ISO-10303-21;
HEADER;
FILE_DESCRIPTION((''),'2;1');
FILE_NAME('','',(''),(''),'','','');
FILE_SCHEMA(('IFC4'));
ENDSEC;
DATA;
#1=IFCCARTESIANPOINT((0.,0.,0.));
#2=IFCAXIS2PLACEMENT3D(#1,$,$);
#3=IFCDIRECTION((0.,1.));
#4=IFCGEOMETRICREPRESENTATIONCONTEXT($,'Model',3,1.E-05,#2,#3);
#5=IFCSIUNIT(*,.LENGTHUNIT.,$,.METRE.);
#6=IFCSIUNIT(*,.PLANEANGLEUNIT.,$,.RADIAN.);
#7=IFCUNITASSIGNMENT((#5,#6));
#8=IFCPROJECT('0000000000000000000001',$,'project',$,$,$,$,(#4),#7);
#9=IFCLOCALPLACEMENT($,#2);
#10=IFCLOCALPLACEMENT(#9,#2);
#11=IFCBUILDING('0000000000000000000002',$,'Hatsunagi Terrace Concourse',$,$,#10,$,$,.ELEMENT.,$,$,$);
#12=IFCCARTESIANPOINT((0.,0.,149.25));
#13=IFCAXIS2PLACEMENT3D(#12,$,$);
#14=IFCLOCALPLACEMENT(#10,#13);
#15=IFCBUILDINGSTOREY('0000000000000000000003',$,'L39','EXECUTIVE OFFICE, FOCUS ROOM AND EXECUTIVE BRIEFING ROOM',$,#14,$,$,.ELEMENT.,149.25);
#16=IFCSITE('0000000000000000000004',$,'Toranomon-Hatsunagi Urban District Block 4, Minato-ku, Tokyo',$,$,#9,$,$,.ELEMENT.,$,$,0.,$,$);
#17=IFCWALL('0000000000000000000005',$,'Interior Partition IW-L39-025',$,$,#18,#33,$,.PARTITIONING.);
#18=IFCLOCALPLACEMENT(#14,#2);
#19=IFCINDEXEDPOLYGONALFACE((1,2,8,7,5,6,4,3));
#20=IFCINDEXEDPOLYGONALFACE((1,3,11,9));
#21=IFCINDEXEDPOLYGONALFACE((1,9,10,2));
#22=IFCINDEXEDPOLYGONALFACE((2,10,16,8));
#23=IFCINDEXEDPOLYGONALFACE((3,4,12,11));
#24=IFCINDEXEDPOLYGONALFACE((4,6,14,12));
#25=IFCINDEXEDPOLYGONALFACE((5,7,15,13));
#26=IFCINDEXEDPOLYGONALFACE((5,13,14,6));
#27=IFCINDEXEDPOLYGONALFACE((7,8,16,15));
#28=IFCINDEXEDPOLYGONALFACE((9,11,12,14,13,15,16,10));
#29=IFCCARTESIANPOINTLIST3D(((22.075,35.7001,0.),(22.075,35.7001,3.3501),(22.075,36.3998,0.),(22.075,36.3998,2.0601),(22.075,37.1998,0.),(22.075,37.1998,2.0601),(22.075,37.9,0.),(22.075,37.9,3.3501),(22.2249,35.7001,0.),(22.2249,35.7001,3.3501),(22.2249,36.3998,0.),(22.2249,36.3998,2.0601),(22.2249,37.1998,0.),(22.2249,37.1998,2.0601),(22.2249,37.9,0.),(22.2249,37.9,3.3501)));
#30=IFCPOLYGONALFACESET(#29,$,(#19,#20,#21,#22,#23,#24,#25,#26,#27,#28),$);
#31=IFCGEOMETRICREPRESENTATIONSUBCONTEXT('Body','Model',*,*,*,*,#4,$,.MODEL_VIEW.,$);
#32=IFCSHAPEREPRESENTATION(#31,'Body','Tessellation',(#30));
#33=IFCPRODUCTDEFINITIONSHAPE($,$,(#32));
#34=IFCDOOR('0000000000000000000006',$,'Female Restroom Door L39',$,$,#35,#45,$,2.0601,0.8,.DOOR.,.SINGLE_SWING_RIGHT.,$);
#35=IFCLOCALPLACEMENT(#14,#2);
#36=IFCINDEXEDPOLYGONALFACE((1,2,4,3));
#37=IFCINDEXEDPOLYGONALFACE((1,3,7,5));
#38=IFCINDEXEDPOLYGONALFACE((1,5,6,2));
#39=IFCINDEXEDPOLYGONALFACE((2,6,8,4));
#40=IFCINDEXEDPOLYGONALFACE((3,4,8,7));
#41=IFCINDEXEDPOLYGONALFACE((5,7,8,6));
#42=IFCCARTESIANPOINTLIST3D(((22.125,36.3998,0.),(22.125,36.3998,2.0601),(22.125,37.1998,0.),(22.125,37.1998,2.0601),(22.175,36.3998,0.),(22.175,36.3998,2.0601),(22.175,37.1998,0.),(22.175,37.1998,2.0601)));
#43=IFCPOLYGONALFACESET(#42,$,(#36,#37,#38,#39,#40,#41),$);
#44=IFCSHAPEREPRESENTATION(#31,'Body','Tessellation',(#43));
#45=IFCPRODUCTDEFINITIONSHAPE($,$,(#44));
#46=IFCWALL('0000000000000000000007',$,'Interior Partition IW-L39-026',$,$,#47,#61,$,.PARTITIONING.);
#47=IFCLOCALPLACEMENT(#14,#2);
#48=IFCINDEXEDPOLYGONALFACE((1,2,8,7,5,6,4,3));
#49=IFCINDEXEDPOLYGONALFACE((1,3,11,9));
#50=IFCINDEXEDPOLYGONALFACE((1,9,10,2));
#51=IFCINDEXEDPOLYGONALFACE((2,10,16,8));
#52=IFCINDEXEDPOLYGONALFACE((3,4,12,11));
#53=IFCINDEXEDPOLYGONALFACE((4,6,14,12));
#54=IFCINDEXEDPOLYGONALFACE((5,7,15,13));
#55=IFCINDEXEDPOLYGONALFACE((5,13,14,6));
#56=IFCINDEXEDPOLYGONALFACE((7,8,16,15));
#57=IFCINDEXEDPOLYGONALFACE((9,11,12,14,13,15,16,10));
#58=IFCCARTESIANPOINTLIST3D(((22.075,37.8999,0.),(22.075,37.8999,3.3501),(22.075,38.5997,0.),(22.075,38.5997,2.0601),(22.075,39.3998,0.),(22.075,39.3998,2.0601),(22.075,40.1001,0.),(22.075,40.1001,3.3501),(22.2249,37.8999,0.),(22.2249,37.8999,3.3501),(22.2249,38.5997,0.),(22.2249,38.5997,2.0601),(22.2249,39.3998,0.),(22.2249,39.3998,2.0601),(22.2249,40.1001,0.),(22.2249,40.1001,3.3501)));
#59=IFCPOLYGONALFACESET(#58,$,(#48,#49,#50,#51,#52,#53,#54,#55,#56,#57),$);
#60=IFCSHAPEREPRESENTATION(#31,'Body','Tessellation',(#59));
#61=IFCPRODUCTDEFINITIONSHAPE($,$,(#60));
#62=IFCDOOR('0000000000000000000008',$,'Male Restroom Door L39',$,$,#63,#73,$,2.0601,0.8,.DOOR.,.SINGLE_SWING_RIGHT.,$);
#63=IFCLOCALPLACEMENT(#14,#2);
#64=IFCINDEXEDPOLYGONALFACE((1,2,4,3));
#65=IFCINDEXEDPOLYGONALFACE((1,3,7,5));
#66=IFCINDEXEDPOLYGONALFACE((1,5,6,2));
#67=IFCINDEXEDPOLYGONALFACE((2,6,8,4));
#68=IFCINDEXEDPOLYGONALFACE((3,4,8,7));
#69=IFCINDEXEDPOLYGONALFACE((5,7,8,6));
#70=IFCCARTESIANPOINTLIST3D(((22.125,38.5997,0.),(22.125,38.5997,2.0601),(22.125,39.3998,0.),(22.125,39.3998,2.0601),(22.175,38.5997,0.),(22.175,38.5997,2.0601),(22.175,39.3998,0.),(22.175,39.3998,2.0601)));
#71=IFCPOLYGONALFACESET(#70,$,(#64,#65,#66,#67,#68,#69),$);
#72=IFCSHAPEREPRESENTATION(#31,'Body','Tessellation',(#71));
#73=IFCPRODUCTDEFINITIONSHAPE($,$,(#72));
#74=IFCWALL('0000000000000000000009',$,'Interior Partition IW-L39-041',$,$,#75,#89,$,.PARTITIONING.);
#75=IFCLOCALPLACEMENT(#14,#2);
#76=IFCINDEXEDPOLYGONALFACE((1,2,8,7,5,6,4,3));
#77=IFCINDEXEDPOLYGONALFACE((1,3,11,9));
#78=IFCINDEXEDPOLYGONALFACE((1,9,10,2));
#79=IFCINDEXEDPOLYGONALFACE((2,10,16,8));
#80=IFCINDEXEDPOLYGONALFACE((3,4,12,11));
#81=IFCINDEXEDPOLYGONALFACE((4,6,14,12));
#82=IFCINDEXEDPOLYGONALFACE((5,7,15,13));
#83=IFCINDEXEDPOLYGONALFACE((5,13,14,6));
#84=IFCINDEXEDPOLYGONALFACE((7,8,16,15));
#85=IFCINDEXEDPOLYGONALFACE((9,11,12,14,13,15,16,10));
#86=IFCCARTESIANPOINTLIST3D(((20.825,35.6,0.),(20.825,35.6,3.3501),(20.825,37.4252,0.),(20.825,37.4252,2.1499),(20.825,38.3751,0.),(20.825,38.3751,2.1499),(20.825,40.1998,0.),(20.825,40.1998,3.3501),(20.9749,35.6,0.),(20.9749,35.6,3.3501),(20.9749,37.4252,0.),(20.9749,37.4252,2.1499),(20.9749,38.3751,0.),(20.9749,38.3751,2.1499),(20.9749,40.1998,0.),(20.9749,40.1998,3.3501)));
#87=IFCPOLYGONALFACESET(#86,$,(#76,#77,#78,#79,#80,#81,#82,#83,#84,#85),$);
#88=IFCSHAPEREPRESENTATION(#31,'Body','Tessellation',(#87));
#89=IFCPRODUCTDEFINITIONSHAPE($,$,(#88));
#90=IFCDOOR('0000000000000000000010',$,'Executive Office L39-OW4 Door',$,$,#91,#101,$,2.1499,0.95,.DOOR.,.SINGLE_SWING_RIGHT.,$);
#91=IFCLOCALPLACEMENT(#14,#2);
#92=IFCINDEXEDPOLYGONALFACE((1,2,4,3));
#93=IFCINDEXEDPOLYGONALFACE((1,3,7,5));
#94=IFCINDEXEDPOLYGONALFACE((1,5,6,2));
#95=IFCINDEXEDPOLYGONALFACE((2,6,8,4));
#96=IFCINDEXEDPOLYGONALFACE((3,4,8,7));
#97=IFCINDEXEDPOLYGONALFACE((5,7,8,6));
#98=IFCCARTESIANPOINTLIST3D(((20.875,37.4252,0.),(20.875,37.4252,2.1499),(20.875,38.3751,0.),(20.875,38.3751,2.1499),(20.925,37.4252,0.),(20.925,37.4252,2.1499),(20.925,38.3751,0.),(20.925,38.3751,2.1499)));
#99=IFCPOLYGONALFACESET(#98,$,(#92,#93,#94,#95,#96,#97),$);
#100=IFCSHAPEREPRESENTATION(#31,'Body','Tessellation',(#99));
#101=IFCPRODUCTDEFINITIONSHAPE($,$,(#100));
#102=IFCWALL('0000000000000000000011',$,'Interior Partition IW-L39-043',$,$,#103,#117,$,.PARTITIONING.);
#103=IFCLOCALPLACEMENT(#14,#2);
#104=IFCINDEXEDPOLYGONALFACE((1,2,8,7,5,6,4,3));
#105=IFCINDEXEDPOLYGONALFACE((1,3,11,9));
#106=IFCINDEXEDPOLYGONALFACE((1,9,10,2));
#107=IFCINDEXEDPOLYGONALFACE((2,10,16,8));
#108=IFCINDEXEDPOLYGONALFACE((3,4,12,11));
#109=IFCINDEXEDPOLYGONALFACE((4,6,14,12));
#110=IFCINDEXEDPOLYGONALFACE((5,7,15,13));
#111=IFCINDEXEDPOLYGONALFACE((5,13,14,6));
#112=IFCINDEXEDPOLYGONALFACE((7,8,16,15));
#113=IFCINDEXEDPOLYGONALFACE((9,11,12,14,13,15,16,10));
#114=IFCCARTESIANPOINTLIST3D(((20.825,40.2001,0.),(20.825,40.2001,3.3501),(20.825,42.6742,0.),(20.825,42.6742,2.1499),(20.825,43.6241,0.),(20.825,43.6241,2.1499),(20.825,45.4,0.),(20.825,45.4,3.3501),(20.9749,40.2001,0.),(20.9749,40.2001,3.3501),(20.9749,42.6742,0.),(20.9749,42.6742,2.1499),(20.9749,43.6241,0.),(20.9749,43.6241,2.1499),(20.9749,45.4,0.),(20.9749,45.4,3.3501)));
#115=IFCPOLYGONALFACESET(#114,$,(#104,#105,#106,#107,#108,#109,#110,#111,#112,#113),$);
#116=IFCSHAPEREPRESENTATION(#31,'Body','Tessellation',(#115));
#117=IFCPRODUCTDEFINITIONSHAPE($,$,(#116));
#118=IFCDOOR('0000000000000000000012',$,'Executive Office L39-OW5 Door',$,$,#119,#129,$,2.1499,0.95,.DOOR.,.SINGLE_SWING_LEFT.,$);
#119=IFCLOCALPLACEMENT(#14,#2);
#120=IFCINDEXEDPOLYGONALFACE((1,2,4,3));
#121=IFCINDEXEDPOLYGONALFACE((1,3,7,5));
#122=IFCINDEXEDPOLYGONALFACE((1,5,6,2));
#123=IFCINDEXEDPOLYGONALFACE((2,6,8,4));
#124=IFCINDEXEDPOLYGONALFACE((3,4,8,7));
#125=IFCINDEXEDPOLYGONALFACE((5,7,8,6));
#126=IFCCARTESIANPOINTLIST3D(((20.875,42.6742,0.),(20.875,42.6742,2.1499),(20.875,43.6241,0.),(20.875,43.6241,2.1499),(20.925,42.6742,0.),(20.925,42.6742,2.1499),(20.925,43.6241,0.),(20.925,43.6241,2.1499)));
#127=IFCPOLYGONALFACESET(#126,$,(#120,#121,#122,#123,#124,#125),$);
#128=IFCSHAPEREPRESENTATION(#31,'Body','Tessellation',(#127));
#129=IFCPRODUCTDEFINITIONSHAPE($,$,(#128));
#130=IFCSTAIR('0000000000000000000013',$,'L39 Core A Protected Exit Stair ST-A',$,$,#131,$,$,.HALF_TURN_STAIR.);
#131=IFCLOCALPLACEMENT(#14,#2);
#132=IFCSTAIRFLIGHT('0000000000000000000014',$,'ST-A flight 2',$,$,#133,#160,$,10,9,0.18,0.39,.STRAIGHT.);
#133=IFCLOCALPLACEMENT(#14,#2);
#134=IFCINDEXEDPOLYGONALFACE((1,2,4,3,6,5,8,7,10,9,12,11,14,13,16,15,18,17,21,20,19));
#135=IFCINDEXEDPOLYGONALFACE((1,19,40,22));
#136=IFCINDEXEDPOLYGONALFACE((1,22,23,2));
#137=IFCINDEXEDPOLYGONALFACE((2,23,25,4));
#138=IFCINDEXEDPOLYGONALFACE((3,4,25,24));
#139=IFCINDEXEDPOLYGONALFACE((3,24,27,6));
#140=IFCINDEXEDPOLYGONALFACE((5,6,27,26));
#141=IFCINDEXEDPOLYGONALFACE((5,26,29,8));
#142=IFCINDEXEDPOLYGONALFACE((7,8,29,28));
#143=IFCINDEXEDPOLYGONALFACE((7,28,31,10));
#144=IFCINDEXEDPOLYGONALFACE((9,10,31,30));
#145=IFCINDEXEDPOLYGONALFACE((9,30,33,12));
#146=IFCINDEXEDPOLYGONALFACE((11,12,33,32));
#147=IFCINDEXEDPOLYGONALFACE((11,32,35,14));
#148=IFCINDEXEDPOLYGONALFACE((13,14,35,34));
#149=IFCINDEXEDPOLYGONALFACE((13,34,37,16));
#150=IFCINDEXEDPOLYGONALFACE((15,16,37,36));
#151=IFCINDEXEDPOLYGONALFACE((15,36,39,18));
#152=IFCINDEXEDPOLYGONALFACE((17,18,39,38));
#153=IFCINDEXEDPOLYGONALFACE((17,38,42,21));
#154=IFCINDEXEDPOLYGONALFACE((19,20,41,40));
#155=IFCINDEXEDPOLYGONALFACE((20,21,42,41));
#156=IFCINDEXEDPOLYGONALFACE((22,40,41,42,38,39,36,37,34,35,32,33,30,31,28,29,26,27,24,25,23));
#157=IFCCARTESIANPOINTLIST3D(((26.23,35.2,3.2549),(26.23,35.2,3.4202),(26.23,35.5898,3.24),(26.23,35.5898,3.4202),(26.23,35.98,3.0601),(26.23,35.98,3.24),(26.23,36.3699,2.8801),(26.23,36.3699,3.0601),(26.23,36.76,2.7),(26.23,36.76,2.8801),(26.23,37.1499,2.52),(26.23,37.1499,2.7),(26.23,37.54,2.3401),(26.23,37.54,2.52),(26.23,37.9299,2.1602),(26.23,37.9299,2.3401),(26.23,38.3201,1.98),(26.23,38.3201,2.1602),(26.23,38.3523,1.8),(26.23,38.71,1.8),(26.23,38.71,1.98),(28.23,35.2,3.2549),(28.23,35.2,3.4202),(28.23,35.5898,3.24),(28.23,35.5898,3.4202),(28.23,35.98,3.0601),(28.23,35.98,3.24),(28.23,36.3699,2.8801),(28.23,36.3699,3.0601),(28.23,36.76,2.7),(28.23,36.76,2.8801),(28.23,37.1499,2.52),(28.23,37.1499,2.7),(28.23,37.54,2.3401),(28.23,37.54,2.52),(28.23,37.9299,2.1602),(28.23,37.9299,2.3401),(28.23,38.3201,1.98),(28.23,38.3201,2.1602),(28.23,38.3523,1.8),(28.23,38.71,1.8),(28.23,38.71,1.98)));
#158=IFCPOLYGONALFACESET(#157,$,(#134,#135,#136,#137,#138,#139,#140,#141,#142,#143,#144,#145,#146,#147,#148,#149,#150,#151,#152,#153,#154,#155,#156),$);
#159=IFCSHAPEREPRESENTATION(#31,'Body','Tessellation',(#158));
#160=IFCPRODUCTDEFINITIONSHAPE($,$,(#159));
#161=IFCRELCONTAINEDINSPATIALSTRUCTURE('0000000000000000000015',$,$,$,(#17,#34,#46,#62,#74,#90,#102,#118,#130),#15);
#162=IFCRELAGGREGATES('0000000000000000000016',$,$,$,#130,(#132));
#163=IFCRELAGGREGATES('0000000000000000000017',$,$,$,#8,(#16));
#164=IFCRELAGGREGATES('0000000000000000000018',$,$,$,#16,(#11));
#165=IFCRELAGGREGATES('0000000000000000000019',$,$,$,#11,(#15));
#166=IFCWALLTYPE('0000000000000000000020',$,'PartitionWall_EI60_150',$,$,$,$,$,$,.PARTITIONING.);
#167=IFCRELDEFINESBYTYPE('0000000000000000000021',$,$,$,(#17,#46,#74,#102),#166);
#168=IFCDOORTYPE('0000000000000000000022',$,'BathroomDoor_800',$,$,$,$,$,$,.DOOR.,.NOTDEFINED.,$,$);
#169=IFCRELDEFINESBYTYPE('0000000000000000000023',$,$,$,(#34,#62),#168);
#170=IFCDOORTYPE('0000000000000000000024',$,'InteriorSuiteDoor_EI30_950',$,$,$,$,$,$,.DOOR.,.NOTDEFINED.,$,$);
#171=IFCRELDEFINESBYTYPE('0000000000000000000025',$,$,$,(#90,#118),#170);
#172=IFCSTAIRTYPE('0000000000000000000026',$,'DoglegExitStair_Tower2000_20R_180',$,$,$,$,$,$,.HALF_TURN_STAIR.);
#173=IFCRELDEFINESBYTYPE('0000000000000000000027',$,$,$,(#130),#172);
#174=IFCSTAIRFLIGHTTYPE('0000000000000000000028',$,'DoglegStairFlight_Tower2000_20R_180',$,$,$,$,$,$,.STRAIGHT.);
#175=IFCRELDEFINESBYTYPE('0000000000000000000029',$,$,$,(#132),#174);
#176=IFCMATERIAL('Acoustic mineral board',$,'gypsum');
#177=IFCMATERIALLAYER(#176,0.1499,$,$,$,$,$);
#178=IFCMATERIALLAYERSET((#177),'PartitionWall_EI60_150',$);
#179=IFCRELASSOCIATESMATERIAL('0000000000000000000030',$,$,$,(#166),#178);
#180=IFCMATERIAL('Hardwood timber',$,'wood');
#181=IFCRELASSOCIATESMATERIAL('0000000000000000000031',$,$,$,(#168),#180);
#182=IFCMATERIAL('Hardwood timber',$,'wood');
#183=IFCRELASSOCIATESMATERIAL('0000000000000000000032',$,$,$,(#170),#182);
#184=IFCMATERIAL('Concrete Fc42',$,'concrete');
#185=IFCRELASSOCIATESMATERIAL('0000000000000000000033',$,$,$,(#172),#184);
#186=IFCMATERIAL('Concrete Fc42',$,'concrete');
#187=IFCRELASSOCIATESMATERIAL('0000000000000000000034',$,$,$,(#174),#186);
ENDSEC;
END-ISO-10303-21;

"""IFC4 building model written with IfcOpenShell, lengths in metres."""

from ifc_helpers import new_model, si_unit, direction, frame, frame_2d, origin, place, context, subcontext, project, spatial, polyline, rectangle, outline, extrude, material, layer, layer_set, type_object, element, fill, aggregate, save


model = new_model("IFC4")

# Units and contexts
model_context = context("Model", 3, precision=1e-05, world=origin(), true_north=direction((0.0, 1.0)))
body_context = subcontext(model_context, "Body", "Model", "MODEL_VIEW")
ifc_project = project(units=[si_unit("LENGTHUNIT", "METRE"), si_unit("PLANEANGLEUNIT", "RADIAN")], contexts=[model_context])

# Site, building, storey
site_placement = place(None, origin())
site = spatial("IfcSite", under=ifc_project, at=site_placement, Name="Toranomon-Hatsunagi Urban District Block 4, Minato-ku, Tokyo", CompositionType="ELEMENT", RefElevation=0.0)
building_placement = place(site_placement, origin())
building = spatial("IfcBuilding", under=site, at=building_placement, Name="Hatsunagi Terrace Concourse", CompositionType="ELEMENT")
storey_placement = place(building_placement, frame((0.0, 0.0, 149.25)))
storey = spatial("IfcBuildingStorey", under=building, at=storey_placement, Name="L39", Description="EXECUTIVE OFFICE, FOCUS ROOM AND EXECUTIVE BRIEFING ROOM", CompositionType="ELEMENT", Elevation=149.25)

# Shared definitions
ifc_material_1 = material(Name="Acoustic mineral board", Category="gypsum")
ifc_layer_1 = layer(ifc_material_1, 0.1499)
ifc_layer_set_1 = layer_set([ifc_layer_1], Name="PartitionWall_EI60_150")
wall_type = type_object("IfcWallType", Name="PartitionWall_EI60_150", PredefinedType="PARTITIONING", material=ifc_layer_set_1)

# Walls, openings, doors
ifc_material_2 = material(Name="Hardwood timber", Category="wood")
door_type_1 = type_object("IfcDoorType", Name="BathroomDoor_800", OperationType="NOTDEFINED", PredefinedType="DOOR", material=ifc_material_2)
wall_1_placement = place(storey_placement, frame((22.1499, 35.7, 0.0), z_axis=(0.0, 0.0, 1.0), x_axis=(0.0, 1.0, 0.0)))
wall_1 = element("IfcWall", 1, at=wall_1_placement, inside=storey, type_object=wall_type, Name="Interior Partition IW-L39-025", PredefinedType="PARTITIONING", context=body_context, shape_type="SweptSolid", body=[
    extrude(rectangle(XDim=2.2, YDim=0.1499, at=frame_2d((1.1001, 0.0))), origin(), (0.0, 0.0, 1.0), 3.3501),
])
opening_1_placement = place(wall_1_placement, frame((0.7, 0.0, 0.0)))
opening_1 = element("IfcOpeningElement", 2, at=opening_1_placement, cuts=wall_1, PredefinedType="OPENING", context=body_context, shape_type="SweptSolid", body=[
    extrude(rectangle(XDim=0.8, YDim=2.0601, at=frame_2d((0.3999, 1.03))), frame((0.0, 0.085, 0.0), z_axis=(0.0, -1.0, 0.0), x_axis=(1.0, 0.0, 0.0)), (0.0, 0.0, 1.0), 0.1699),
])
door_1_placement = place(opening_1_placement, origin())
door_1 = element("IfcDoor", 3, at=door_1_placement, inside=storey, type_object=door_type_1, Name="Female Restroom Door L39", OperationType="SINGLE_SWING_RIGHT", OverallHeight=2.0601, OverallWidth=0.8, PredefinedType="DOOR", context=body_context, shape_type="SweptSolid", body=[
    extrude(rectangle(XDim=0.8, YDim=2.0601, at=frame_2d((0.3999, 1.03))), frame((0.0, 0.0249, 0.0), z_axis=(0.0, -1.0, 0.0), x_axis=(1.0, 0.0, 0.0)), (0.0, 0.0, 1.0), 0.05),
])
fill(opening_1, door_1)
wall_2_placement = place(storey_placement, frame((22.1499, 37.8999, 0.0), z_axis=(0.0, 0.0, 1.0), x_axis=(0.0, 1.0, 0.0)))
wall_2 = element("IfcWall", 4, at=wall_2_placement, inside=storey, type_object=wall_type, Name="Interior Partition IW-L39-026", PredefinedType="PARTITIONING", context=body_context, shape_type="SweptSolid", body=[
    extrude(rectangle(XDim=2.2002, YDim=0.1499, at=frame_2d((1.1001, 0.0))), origin(), (0.0, 0.0, 1.0), 3.3501),
])
opening_2_placement = place(wall_2_placement, frame((0.7, 0.0, 0.0)))
opening_2 = element("IfcOpeningElement", 5, at=opening_2_placement, cuts=wall_2, PredefinedType="OPENING", context=body_context, shape_type="SweptSolid", body=[
    extrude(rectangle(XDim=0.8, YDim=2.0601, at=frame_2d((0.3999, 1.03))), frame((0.0, 0.085, 0.0), z_axis=(0.0, -1.0, 0.0), x_axis=(1.0, 0.0, 0.0)), (0.0, 0.0, 1.0), 0.1699),
])
door_2_placement = place(opening_2_placement, origin())
door_2 = element("IfcDoor", 6, at=door_2_placement, inside=storey, type_object=door_type_1, Name="Male Restroom Door L39", OperationType="SINGLE_SWING_RIGHT", OverallHeight=2.0601, OverallWidth=0.8, PredefinedType="DOOR", context=body_context, shape_type="SweptSolid", body=[
    extrude(rectangle(XDim=0.8, YDim=2.0601, at=frame_2d((0.3999, 1.03))), frame((0.0, 0.0249, 0.0), z_axis=(0.0, -1.0, 0.0), x_axis=(1.0, 0.0, 0.0)), (0.0, 0.0, 1.0), 0.05),
])
fill(opening_2, door_2)
wall_3_placement = place(storey_placement, frame((20.8999, 35.6001, 0.0), z_axis=(0.0, 0.0, 1.0), x_axis=(0.0, 1.0, 0.0)))
wall_3 = element("IfcWall", 7, at=wall_3_placement, inside=storey, type_object=wall_type, Name="Interior Partition IW-L39-041", PredefinedType="PARTITIONING", context=body_context, shape_type="SweptSolid", body=[
    extrude(rectangle(XDim=4.5999, YDim=0.1499, at=frame_2d((2.2998, 0.0))), origin(), (0.0, 0.0, 1.0), 3.3501),
])
opening_3_placement = place(wall_3_placement, frame((1.825, 0.0, 0.0)))
opening_3 = element("IfcOpeningElement", 8, at=opening_3_placement, cuts=wall_3, PredefinedType="OPENING", context=body_context, shape_type="SweptSolid", body=[
    extrude(rectangle(XDim=0.95, YDim=2.1499, at=frame_2d((0.4751, 1.075))), frame((0.0, 0.085, 0.0), z_axis=(0.0, -1.0, 0.0), x_axis=(1.0, 0.0, 0.0)), (0.0, 0.0, 1.0), 0.1699),
])
ifc_material_3 = material(Name="Hardwood timber", Category="wood")
door_type_2 = type_object("IfcDoorType", Name="InteriorSuiteDoor_EI30_950", OperationType="NOTDEFINED", PredefinedType="DOOR", material=ifc_material_3)
door_3_placement = place(opening_3_placement, origin())
door_3 = element("IfcDoor", 9, at=door_3_placement, inside=storey, type_object=door_type_2, Name="Executive Office L39-OW4 Door", OperationType="SINGLE_SWING_RIGHT", OverallHeight=2.1499, OverallWidth=0.95, PredefinedType="DOOR", context=body_context, shape_type="SweptSolid", body=[
    extrude(rectangle(XDim=0.95, YDim=2.1499, at=frame_2d((0.4751, 1.075))), frame((0.0, 0.0249, 0.0), z_axis=(0.0, -1.0, 0.0), x_axis=(1.0, 0.0, 0.0)), (0.0, 0.0, 1.0), 0.05),
])
fill(opening_3, door_3)
wall_4_placement = place(storey_placement, frame((20.8999, 40.2, 0.0), z_axis=(0.0, 0.0, 1.0), x_axis=(0.0, 1.0, 0.0)))
wall_4 = element("IfcWall", 10, at=wall_4_placement, inside=storey, type_object=wall_type, Name="Interior Partition IW-L39-043", PredefinedType="PARTITIONING", context=body_context, shape_type="SweptSolid", body=[
    extrude(rectangle(XDim=5.2, YDim=0.1499, at=frame_2d((2.6001, 0.0))), origin(), (0.0, 0.0, 1.0), 3.3501),
])
opening_4_placement = place(wall_4_placement, frame((2.4741, 0.0, 0.0)))
opening_4 = element("IfcOpeningElement", 11, at=opening_4_placement, cuts=wall_4, PredefinedType="OPENING", context=body_context, shape_type="SweptSolid", body=[
    extrude(rectangle(XDim=0.95, YDim=2.1499, at=frame_2d((0.4751, 1.075))), frame((0.0, 0.085, 0.0), z_axis=(0.0, -1.0, 0.0), x_axis=(1.0, 0.0, 0.0)), (0.0, 0.0, 1.0), 0.1699),
])
door_4_placement = place(opening_4_placement, origin())
door_4 = element("IfcDoor", 12, at=door_4_placement, inside=storey, type_object=door_type_2, Name="Executive Office L39-OW5 Door", OperationType="SINGLE_SWING_LEFT", OverallHeight=2.1499, OverallWidth=0.95, PredefinedType="DOOR", context=body_context, shape_type="SweptSolid", body=[
    extrude(rectangle(XDim=0.95, YDim=2.1499, at=frame_2d((0.4751, 1.075))), frame((0.0, 0.0249, 0.0), z_axis=(0.0, -1.0, 0.0), x_axis=(1.0, 0.0, 0.0)), (0.0, 0.0, 1.0), 0.05),
])
fill(opening_4, door_4)

# Stair, stair flight
ifc_material_4 = material(Name="Concrete Fc42", Category="concrete")
stair_type = type_object("IfcStairType", Name="DoglegExitStair_Tower2000_20R_180", PredefinedType="HALF_TURN_STAIR", material=ifc_material_4)
stair_placement = place(storey_placement, origin())
stair = element("IfcStair", 13, at=stair_placement, inside=storey, type_object=stair_type, Name="L39 Core A Protected Exit Stair ST-A", PredefinedType="HALF_TURN_STAIR")
ifc_material_5 = material(Name="Concrete Fc42", Category="concrete")
stair_flight_type = type_object("IfcStairFlightType", Name="DoglegStairFlight_Tower2000_20R_180", PredefinedType="STRAIGHT", material=ifc_material_5)
stair_flight_placement = place(storey_placement, frame((27.23, 38.71, 1.8), z_axis=(0.0, 0.0, 1.0), x_axis=(0.0, -1.0, 0.0)))
stair_flight = element("IfcStairFlight", 14, at=stair_flight_placement, type_object=stair_flight_type, Name="ST-A flight 2", NumberOfRisers=10, NumberOfTreads=9, PredefinedType="STRAIGHT", RiserHeight=0.18, TreadLength=0.39, context=body_context, shape_type="SweptSolid", body=[
    extrude(outline(polyline([(0.0, 0.0), (0.0, 0.1799), (0.3899, 0.1799), (0.3899, 0.3601), (0.78, 0.3601), (0.78, 0.54), (1.1699, 0.54), (1.1699, 0.72), (1.5601, 0.72), (1.5601, 0.8999), (1.95, 0.8999), (1.95, 1.0801), (2.3401, 1.0801), (2.3401, 1.26), (2.73, 1.26), (2.73, 1.4399), (3.1201, 1.4399), (3.1201, 1.6201), (3.51, 1.6201), (3.51, 1.8), (3.51, 1.4548), (0.3577, 0.0), (0.0, 0.0)])), frame((0.0, 1.0, 0.0), z_axis=(0.0, -1.0, 0.0), x_axis=(1.0, 0.0, 0.0)), (0.0, 0.0, 1.0), 2.0),
])
aggregate(stair, [stair_flight])

save(model, "model.ifc")
